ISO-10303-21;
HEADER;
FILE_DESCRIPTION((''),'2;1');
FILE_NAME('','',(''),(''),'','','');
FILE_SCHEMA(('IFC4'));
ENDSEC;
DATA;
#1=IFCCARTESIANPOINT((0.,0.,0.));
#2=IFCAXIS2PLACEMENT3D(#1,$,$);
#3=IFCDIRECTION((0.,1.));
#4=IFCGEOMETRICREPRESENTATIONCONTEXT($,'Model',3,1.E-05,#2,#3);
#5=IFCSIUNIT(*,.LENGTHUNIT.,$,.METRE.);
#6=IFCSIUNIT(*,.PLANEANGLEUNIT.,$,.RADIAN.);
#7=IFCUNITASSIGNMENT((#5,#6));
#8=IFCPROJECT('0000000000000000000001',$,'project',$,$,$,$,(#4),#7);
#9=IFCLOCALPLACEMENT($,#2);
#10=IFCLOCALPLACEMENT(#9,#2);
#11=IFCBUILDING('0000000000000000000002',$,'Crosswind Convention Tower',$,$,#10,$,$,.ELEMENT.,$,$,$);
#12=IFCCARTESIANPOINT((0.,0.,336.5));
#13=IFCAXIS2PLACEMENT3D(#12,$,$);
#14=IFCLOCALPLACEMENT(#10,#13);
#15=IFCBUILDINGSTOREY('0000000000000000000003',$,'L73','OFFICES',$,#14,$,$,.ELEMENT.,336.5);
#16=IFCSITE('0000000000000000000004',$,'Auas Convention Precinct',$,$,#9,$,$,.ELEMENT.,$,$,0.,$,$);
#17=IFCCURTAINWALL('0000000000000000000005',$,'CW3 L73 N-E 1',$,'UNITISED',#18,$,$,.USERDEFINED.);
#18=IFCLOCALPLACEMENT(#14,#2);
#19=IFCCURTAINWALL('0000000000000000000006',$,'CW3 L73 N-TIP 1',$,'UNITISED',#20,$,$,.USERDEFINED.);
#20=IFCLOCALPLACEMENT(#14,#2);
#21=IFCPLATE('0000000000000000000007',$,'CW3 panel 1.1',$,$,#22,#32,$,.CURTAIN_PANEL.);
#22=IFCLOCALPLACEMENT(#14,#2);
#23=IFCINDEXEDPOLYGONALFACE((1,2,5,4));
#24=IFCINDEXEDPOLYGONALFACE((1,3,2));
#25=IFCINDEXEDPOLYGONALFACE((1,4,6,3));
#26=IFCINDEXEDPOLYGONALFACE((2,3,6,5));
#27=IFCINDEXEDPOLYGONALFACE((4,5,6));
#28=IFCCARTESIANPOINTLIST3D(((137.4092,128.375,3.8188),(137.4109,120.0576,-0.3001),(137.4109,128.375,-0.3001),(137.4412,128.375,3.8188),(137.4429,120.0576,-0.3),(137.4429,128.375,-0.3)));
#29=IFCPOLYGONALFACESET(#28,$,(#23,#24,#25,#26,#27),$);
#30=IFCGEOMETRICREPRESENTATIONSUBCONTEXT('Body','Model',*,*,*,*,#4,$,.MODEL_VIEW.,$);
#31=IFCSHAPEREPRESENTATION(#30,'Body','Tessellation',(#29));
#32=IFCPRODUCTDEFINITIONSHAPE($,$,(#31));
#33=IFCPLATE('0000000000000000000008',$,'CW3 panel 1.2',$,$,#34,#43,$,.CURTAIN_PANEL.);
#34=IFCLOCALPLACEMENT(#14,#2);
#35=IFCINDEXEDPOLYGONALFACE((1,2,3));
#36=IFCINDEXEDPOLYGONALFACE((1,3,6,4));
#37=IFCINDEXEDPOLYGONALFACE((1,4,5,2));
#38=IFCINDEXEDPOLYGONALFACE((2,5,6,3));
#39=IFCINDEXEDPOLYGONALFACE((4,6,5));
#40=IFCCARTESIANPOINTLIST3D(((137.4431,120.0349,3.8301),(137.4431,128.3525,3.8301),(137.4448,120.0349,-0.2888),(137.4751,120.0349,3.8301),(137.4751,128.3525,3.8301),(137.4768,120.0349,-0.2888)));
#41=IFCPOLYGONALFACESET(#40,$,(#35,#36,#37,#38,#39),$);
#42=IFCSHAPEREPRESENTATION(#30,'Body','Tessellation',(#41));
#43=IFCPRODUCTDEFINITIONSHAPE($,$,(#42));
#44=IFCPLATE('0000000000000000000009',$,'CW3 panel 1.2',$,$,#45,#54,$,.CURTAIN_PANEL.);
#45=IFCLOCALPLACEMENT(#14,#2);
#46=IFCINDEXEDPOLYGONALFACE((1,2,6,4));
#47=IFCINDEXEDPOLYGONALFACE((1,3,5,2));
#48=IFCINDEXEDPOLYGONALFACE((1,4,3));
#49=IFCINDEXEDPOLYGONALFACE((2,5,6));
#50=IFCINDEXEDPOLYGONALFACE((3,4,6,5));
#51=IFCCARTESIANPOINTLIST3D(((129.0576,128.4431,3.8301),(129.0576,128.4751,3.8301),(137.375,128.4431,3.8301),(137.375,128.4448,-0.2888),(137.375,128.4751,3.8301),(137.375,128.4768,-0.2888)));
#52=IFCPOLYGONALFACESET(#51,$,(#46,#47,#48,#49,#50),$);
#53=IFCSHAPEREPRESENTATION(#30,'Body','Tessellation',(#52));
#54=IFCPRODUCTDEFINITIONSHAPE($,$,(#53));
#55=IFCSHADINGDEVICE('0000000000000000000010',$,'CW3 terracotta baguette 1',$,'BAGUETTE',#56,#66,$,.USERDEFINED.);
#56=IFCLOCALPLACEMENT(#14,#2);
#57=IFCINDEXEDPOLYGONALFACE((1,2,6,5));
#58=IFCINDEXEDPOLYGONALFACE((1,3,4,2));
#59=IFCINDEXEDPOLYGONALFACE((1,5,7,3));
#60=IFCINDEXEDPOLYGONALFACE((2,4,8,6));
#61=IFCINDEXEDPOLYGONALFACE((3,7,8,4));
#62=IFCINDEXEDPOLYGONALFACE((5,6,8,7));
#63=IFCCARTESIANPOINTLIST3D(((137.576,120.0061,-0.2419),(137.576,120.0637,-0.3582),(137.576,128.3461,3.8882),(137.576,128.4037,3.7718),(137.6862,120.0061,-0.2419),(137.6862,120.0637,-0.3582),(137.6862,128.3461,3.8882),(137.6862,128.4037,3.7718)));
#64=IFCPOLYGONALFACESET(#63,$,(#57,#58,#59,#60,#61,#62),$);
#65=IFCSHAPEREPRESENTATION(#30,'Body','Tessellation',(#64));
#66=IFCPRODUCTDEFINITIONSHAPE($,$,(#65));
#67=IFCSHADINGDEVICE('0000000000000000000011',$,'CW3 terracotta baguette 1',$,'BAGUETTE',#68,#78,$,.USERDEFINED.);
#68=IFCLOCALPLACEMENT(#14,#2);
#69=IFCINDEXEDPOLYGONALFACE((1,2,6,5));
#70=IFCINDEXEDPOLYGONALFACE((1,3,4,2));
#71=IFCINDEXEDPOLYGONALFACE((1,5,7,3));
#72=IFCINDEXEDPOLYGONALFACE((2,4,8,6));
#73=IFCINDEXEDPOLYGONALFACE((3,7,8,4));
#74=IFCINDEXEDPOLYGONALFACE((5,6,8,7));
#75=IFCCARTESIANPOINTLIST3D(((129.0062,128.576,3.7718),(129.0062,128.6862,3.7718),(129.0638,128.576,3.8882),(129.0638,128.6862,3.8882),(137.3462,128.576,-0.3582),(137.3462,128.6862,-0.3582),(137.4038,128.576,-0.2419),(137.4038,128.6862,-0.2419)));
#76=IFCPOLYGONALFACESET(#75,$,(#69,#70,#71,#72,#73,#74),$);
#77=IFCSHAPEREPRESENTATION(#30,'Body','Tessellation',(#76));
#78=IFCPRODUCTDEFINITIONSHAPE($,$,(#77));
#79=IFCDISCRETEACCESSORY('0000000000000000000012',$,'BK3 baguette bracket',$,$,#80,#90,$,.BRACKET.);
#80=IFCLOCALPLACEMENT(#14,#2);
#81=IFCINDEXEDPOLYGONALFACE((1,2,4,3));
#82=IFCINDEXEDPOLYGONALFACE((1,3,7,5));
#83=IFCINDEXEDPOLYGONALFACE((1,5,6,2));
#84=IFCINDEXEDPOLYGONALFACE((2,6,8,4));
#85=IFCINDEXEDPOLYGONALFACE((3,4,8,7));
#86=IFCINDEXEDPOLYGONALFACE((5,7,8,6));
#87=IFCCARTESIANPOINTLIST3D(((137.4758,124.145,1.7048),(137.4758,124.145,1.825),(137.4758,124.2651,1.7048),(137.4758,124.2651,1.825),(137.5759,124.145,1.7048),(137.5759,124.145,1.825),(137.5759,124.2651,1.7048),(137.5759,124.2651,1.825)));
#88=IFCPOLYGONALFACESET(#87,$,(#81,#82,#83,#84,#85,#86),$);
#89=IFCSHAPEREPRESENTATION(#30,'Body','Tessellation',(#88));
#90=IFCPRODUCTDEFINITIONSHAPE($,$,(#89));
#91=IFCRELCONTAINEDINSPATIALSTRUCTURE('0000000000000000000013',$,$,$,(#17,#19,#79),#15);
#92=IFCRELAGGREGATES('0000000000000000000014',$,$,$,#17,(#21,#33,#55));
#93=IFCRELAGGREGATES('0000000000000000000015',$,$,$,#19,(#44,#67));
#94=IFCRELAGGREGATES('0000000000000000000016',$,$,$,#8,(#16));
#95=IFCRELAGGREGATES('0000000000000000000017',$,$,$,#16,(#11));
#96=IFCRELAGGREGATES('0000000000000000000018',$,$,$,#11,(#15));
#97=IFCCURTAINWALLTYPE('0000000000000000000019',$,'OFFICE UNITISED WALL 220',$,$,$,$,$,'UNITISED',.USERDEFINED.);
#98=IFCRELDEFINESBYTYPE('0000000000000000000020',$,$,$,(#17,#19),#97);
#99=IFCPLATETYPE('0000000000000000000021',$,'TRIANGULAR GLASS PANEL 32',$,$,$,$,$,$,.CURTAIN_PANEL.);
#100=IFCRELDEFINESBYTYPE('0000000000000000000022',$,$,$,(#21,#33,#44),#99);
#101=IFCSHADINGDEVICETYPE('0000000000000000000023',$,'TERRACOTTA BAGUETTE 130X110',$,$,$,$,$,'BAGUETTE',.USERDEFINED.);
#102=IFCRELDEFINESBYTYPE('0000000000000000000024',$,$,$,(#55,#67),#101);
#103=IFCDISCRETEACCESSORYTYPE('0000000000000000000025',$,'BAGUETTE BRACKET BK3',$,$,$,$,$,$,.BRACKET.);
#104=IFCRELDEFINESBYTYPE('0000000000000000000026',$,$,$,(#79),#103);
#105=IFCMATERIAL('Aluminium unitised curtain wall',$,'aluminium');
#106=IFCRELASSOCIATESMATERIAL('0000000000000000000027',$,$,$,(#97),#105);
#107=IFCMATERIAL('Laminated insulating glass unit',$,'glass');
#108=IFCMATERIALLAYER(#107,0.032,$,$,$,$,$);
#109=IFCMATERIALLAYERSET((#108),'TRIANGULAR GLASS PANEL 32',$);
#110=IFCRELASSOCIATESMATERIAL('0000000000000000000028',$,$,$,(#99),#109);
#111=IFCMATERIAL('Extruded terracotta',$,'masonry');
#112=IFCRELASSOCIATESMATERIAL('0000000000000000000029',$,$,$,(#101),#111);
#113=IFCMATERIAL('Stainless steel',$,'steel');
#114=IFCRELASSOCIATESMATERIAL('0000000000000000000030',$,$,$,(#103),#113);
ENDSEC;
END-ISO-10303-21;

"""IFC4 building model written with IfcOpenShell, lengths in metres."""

from ifc_helpers import new_model, si_unit, direction, frame, origin, origin_2d, place, context, subcontext, project, spatial, polyline, rectangle, outline, extrude, material, layer, layer_set, material_profile, profile_set, type_object, element, aggregate, save


model = new_model("IFC4")

# Units and contexts
model_context = context("Model", 3, precision=1e-05, world=origin(), true_north=direction((0.0, 1.0)))
body_context = subcontext(model_context, "Body", "Model", "MODEL_VIEW")
ifc_project = project(units=[si_unit("LENGTHUNIT", "METRE"), si_unit("PLANEANGLEUNIT", "RADIAN")], contexts=[model_context])

# Site, building, storey
site_placement = place(None, origin())
site = spatial("IfcSite", under=ifc_project, at=site_placement, Name="Auas Convention Precinct", CompositionType="ELEMENT", RefElevation=0.0)
building_placement = place(site_placement, origin())
building = spatial("IfcBuilding", under=site, at=building_placement, Name="Crosswind Convention Tower", CompositionType="ELEMENT")
storey_placement = place(building_placement, frame((0.0, 0.0, 336.5)))
storey = spatial("IfcBuildingStorey", under=building, at=storey_placement, Name="L73", Description="OFFICES", CompositionType="ELEMENT", Elevation=336.5)

# Curtain wall
ifc_material_1 = material(Name="Aluminium unitised curtain wall", Category="aluminium")
curtain_wall_type_1 = type_object("IfcCurtainWallType", Name="OFFICE UNITISED WALL 220", ElementType="UNITISED", PredefinedType="USERDEFINED", material=ifc_material_1)
curtain_wall_1_placement = place(storey_placement, origin())
curtain_wall_1 = element("IfcCurtainWall", 1, at=curtain_wall_1_placement, inside=storey, type_object=curtain_wall_type_1, Name="CW3 L73 N-E 1", ObjectType="UNITISED", PredefinedType="USERDEFINED")

# Curtain wall
curtain_wall_2_placement = place(storey_placement, origin())
curtain_wall_2 = element("IfcCurtainWall", 2, at=curtain_wall_2_placement, inside=storey, type_object=curtain_wall_type_1, Name="CW3 L73 N-TIP 1", ObjectType="UNITISED", PredefinedType="USERDEFINED")

# Plates
ifc_material_2 = material(Name="Laminated insulating glass unit", Category="glass")
ifc_layer_1 = layer(ifc_material_2, 0.032)
ifc_layer_set_1 = layer_set([ifc_layer_1], Name="TRIANGULAR GLASS PANEL 32")
plate_type_1 = type_object("IfcPlateType", Name="TRIANGULAR GLASS PANEL 32", PredefinedType="CURTAIN_PANEL", material=ifc_layer_set_1)
plate_1_placement = place(storey_placement, frame((137.4429, 128.375, -0.3), z_axis=(1.0, 0.0, 0.000415), x_axis=(-0.000415, 0.0, 1.0)))
plate_1 = element("IfcPlate", 3, at=plate_1_placement, type_object=plate_type_1, Name="CW3 panel 1.1", PredefinedType="CURTAIN_PANEL", context=body_context, shape_type="SweptSolid", body=[
    extrude(outline(polyline([(0.0, 0.0), (4.1189, 0.0), (0.0, 8.3174), (0.0, 0.0)])), origin(), (0.0, 0.0, -1.0), 0.032),
])
plate_2_placement = place(storey_placement, frame((137.4751, 120.0349, 3.8301), z_axis=(1.0, 0.0, 0.000415), x_axis=(0.000415, 0.0, -1.0)))
plate_2 = element("IfcPlate", 4, at=plate_2_placement, type_object=plate_type_1, Name="CW3 panel 1.2", PredefinedType="CURTAIN_PANEL", context=body_context, shape_type="SweptSolid", body=[
    extrude(outline(polyline([(0.0, 0.0), (4.1189, 0.0), (0.0, 8.3176), (0.0, 0.0)])), origin(), (0.0, 0.0, -1.0), 0.032),
])
plate_3_placement = place(storey_placement, frame((137.375, 128.4751, 3.8301), z_axis=(0.0, 1.0, 0.000415), x_axis=(0.0, 0.000415, -1.0)))
plate_3 = element("IfcPlate", 5, at=plate_3_placement, type_object=plate_type_1, Name="CW3 panel 1.2", PredefinedType="CURTAIN_PANEL", context=body_context, shape_type="SweptSolid", body=[
    extrude(outline(polyline([(0.0, 0.0), (4.1189, 0.0), (0.0, 8.3174), (0.0, 0.0)])), origin(), (0.0, 0.0, -1.0), 0.032),
])

# Shading devices
ifc_material_3 = material(Name="Extruded terracotta", Category="masonry")
ifc_material_profile_1 = material_profile(ifc_material_3, rectangle(XDim=0.1101, YDim=0.1299, at=origin_2d()), Name="TC 110X130")
ifc_profile_set_1 = profile_set([ifc_material_profile_1], Name="Extruded terracotta")
shading_device_type = type_object("IfcShadingDeviceType", Name="TERRACOTTA BAGUETTE 130X110", ElementType="BAGUETTE", PredefinedType="USERDEFINED", material=ifc_profile_set_1)
shading_device_1_placement = place(storey_placement, frame((137.6311, 120.0349, -0.3), z_axis=(0.0, 0.896136, 0.443779), x_axis=(-1.0, 0.0, 0.0)))
shading_device_1 = element("IfcShadingDevice", 6, at=shading_device_1_placement, type_object=shading_device_type, Name="CW3 terracotta baguette 1", ObjectType="BAGUETTE", PredefinedType="USERDEFINED", context=body_context, shape_type="SweptSolid", body=[
    extrude(rectangle(XDim=0.1101, YDim=0.1299, at=origin_2d()), origin(), (0.0, 0.0, 1.0), 9.3066),
])
aggregate(curtain_wall_1, [plate_1, plate_2, shading_device_1])
shading_device_2_placement = place(storey_placement, frame((137.375, 128.6311, -0.3), z_axis=(-0.896136, 0.0, 0.443779), x_axis=(0.0, -1.0, 0.0)))
shading_device_2 = element("IfcShadingDevice", 7, at=shading_device_2_placement, type_object=shading_device_type, Name="CW3 terracotta baguette 1", ObjectType="BAGUETTE", PredefinedType="USERDEFINED", context=body_context, shape_type="SweptSolid", body=[
    extrude(rectangle(XDim=0.1101, YDim=0.1299, at=origin_2d()), origin(), (0.0, 0.0, 1.0), 9.3066),
])
aggregate(curtain_wall_2, [plate_3, shading_device_2])

# Discrete accessory
ifc_material_4 = material(Name="Stainless steel", Category="steel")
discrete_accessory_type = type_object("IfcDiscreteAccessoryType", Name="BAGUETTE BRACKET BK3", PredefinedType="BRACKET", material=ifc_material_4)
discrete_accessory_placement = place(storey_placement, frame((137.5259, 124.2051, 1.7048), z_axis=(0.0, 0.0, 1.0), x_axis=(0.0, 1.0, 0.0)))
element("IfcDiscreteAccessory", 8, at=discrete_accessory_placement, inside=storey, type_object=discrete_accessory_type, Name="BK3 baguette bracket", PredefinedType="BRACKET", context=body_context, shape_type="SweptSolid", body=[
    extrude(rectangle(XDim=0.1201, YDim=0.1001, at=origin_2d()), origin(), (0.0, 0.0, 1.0), 0.1201),
])

save(model, "model.ifc")
